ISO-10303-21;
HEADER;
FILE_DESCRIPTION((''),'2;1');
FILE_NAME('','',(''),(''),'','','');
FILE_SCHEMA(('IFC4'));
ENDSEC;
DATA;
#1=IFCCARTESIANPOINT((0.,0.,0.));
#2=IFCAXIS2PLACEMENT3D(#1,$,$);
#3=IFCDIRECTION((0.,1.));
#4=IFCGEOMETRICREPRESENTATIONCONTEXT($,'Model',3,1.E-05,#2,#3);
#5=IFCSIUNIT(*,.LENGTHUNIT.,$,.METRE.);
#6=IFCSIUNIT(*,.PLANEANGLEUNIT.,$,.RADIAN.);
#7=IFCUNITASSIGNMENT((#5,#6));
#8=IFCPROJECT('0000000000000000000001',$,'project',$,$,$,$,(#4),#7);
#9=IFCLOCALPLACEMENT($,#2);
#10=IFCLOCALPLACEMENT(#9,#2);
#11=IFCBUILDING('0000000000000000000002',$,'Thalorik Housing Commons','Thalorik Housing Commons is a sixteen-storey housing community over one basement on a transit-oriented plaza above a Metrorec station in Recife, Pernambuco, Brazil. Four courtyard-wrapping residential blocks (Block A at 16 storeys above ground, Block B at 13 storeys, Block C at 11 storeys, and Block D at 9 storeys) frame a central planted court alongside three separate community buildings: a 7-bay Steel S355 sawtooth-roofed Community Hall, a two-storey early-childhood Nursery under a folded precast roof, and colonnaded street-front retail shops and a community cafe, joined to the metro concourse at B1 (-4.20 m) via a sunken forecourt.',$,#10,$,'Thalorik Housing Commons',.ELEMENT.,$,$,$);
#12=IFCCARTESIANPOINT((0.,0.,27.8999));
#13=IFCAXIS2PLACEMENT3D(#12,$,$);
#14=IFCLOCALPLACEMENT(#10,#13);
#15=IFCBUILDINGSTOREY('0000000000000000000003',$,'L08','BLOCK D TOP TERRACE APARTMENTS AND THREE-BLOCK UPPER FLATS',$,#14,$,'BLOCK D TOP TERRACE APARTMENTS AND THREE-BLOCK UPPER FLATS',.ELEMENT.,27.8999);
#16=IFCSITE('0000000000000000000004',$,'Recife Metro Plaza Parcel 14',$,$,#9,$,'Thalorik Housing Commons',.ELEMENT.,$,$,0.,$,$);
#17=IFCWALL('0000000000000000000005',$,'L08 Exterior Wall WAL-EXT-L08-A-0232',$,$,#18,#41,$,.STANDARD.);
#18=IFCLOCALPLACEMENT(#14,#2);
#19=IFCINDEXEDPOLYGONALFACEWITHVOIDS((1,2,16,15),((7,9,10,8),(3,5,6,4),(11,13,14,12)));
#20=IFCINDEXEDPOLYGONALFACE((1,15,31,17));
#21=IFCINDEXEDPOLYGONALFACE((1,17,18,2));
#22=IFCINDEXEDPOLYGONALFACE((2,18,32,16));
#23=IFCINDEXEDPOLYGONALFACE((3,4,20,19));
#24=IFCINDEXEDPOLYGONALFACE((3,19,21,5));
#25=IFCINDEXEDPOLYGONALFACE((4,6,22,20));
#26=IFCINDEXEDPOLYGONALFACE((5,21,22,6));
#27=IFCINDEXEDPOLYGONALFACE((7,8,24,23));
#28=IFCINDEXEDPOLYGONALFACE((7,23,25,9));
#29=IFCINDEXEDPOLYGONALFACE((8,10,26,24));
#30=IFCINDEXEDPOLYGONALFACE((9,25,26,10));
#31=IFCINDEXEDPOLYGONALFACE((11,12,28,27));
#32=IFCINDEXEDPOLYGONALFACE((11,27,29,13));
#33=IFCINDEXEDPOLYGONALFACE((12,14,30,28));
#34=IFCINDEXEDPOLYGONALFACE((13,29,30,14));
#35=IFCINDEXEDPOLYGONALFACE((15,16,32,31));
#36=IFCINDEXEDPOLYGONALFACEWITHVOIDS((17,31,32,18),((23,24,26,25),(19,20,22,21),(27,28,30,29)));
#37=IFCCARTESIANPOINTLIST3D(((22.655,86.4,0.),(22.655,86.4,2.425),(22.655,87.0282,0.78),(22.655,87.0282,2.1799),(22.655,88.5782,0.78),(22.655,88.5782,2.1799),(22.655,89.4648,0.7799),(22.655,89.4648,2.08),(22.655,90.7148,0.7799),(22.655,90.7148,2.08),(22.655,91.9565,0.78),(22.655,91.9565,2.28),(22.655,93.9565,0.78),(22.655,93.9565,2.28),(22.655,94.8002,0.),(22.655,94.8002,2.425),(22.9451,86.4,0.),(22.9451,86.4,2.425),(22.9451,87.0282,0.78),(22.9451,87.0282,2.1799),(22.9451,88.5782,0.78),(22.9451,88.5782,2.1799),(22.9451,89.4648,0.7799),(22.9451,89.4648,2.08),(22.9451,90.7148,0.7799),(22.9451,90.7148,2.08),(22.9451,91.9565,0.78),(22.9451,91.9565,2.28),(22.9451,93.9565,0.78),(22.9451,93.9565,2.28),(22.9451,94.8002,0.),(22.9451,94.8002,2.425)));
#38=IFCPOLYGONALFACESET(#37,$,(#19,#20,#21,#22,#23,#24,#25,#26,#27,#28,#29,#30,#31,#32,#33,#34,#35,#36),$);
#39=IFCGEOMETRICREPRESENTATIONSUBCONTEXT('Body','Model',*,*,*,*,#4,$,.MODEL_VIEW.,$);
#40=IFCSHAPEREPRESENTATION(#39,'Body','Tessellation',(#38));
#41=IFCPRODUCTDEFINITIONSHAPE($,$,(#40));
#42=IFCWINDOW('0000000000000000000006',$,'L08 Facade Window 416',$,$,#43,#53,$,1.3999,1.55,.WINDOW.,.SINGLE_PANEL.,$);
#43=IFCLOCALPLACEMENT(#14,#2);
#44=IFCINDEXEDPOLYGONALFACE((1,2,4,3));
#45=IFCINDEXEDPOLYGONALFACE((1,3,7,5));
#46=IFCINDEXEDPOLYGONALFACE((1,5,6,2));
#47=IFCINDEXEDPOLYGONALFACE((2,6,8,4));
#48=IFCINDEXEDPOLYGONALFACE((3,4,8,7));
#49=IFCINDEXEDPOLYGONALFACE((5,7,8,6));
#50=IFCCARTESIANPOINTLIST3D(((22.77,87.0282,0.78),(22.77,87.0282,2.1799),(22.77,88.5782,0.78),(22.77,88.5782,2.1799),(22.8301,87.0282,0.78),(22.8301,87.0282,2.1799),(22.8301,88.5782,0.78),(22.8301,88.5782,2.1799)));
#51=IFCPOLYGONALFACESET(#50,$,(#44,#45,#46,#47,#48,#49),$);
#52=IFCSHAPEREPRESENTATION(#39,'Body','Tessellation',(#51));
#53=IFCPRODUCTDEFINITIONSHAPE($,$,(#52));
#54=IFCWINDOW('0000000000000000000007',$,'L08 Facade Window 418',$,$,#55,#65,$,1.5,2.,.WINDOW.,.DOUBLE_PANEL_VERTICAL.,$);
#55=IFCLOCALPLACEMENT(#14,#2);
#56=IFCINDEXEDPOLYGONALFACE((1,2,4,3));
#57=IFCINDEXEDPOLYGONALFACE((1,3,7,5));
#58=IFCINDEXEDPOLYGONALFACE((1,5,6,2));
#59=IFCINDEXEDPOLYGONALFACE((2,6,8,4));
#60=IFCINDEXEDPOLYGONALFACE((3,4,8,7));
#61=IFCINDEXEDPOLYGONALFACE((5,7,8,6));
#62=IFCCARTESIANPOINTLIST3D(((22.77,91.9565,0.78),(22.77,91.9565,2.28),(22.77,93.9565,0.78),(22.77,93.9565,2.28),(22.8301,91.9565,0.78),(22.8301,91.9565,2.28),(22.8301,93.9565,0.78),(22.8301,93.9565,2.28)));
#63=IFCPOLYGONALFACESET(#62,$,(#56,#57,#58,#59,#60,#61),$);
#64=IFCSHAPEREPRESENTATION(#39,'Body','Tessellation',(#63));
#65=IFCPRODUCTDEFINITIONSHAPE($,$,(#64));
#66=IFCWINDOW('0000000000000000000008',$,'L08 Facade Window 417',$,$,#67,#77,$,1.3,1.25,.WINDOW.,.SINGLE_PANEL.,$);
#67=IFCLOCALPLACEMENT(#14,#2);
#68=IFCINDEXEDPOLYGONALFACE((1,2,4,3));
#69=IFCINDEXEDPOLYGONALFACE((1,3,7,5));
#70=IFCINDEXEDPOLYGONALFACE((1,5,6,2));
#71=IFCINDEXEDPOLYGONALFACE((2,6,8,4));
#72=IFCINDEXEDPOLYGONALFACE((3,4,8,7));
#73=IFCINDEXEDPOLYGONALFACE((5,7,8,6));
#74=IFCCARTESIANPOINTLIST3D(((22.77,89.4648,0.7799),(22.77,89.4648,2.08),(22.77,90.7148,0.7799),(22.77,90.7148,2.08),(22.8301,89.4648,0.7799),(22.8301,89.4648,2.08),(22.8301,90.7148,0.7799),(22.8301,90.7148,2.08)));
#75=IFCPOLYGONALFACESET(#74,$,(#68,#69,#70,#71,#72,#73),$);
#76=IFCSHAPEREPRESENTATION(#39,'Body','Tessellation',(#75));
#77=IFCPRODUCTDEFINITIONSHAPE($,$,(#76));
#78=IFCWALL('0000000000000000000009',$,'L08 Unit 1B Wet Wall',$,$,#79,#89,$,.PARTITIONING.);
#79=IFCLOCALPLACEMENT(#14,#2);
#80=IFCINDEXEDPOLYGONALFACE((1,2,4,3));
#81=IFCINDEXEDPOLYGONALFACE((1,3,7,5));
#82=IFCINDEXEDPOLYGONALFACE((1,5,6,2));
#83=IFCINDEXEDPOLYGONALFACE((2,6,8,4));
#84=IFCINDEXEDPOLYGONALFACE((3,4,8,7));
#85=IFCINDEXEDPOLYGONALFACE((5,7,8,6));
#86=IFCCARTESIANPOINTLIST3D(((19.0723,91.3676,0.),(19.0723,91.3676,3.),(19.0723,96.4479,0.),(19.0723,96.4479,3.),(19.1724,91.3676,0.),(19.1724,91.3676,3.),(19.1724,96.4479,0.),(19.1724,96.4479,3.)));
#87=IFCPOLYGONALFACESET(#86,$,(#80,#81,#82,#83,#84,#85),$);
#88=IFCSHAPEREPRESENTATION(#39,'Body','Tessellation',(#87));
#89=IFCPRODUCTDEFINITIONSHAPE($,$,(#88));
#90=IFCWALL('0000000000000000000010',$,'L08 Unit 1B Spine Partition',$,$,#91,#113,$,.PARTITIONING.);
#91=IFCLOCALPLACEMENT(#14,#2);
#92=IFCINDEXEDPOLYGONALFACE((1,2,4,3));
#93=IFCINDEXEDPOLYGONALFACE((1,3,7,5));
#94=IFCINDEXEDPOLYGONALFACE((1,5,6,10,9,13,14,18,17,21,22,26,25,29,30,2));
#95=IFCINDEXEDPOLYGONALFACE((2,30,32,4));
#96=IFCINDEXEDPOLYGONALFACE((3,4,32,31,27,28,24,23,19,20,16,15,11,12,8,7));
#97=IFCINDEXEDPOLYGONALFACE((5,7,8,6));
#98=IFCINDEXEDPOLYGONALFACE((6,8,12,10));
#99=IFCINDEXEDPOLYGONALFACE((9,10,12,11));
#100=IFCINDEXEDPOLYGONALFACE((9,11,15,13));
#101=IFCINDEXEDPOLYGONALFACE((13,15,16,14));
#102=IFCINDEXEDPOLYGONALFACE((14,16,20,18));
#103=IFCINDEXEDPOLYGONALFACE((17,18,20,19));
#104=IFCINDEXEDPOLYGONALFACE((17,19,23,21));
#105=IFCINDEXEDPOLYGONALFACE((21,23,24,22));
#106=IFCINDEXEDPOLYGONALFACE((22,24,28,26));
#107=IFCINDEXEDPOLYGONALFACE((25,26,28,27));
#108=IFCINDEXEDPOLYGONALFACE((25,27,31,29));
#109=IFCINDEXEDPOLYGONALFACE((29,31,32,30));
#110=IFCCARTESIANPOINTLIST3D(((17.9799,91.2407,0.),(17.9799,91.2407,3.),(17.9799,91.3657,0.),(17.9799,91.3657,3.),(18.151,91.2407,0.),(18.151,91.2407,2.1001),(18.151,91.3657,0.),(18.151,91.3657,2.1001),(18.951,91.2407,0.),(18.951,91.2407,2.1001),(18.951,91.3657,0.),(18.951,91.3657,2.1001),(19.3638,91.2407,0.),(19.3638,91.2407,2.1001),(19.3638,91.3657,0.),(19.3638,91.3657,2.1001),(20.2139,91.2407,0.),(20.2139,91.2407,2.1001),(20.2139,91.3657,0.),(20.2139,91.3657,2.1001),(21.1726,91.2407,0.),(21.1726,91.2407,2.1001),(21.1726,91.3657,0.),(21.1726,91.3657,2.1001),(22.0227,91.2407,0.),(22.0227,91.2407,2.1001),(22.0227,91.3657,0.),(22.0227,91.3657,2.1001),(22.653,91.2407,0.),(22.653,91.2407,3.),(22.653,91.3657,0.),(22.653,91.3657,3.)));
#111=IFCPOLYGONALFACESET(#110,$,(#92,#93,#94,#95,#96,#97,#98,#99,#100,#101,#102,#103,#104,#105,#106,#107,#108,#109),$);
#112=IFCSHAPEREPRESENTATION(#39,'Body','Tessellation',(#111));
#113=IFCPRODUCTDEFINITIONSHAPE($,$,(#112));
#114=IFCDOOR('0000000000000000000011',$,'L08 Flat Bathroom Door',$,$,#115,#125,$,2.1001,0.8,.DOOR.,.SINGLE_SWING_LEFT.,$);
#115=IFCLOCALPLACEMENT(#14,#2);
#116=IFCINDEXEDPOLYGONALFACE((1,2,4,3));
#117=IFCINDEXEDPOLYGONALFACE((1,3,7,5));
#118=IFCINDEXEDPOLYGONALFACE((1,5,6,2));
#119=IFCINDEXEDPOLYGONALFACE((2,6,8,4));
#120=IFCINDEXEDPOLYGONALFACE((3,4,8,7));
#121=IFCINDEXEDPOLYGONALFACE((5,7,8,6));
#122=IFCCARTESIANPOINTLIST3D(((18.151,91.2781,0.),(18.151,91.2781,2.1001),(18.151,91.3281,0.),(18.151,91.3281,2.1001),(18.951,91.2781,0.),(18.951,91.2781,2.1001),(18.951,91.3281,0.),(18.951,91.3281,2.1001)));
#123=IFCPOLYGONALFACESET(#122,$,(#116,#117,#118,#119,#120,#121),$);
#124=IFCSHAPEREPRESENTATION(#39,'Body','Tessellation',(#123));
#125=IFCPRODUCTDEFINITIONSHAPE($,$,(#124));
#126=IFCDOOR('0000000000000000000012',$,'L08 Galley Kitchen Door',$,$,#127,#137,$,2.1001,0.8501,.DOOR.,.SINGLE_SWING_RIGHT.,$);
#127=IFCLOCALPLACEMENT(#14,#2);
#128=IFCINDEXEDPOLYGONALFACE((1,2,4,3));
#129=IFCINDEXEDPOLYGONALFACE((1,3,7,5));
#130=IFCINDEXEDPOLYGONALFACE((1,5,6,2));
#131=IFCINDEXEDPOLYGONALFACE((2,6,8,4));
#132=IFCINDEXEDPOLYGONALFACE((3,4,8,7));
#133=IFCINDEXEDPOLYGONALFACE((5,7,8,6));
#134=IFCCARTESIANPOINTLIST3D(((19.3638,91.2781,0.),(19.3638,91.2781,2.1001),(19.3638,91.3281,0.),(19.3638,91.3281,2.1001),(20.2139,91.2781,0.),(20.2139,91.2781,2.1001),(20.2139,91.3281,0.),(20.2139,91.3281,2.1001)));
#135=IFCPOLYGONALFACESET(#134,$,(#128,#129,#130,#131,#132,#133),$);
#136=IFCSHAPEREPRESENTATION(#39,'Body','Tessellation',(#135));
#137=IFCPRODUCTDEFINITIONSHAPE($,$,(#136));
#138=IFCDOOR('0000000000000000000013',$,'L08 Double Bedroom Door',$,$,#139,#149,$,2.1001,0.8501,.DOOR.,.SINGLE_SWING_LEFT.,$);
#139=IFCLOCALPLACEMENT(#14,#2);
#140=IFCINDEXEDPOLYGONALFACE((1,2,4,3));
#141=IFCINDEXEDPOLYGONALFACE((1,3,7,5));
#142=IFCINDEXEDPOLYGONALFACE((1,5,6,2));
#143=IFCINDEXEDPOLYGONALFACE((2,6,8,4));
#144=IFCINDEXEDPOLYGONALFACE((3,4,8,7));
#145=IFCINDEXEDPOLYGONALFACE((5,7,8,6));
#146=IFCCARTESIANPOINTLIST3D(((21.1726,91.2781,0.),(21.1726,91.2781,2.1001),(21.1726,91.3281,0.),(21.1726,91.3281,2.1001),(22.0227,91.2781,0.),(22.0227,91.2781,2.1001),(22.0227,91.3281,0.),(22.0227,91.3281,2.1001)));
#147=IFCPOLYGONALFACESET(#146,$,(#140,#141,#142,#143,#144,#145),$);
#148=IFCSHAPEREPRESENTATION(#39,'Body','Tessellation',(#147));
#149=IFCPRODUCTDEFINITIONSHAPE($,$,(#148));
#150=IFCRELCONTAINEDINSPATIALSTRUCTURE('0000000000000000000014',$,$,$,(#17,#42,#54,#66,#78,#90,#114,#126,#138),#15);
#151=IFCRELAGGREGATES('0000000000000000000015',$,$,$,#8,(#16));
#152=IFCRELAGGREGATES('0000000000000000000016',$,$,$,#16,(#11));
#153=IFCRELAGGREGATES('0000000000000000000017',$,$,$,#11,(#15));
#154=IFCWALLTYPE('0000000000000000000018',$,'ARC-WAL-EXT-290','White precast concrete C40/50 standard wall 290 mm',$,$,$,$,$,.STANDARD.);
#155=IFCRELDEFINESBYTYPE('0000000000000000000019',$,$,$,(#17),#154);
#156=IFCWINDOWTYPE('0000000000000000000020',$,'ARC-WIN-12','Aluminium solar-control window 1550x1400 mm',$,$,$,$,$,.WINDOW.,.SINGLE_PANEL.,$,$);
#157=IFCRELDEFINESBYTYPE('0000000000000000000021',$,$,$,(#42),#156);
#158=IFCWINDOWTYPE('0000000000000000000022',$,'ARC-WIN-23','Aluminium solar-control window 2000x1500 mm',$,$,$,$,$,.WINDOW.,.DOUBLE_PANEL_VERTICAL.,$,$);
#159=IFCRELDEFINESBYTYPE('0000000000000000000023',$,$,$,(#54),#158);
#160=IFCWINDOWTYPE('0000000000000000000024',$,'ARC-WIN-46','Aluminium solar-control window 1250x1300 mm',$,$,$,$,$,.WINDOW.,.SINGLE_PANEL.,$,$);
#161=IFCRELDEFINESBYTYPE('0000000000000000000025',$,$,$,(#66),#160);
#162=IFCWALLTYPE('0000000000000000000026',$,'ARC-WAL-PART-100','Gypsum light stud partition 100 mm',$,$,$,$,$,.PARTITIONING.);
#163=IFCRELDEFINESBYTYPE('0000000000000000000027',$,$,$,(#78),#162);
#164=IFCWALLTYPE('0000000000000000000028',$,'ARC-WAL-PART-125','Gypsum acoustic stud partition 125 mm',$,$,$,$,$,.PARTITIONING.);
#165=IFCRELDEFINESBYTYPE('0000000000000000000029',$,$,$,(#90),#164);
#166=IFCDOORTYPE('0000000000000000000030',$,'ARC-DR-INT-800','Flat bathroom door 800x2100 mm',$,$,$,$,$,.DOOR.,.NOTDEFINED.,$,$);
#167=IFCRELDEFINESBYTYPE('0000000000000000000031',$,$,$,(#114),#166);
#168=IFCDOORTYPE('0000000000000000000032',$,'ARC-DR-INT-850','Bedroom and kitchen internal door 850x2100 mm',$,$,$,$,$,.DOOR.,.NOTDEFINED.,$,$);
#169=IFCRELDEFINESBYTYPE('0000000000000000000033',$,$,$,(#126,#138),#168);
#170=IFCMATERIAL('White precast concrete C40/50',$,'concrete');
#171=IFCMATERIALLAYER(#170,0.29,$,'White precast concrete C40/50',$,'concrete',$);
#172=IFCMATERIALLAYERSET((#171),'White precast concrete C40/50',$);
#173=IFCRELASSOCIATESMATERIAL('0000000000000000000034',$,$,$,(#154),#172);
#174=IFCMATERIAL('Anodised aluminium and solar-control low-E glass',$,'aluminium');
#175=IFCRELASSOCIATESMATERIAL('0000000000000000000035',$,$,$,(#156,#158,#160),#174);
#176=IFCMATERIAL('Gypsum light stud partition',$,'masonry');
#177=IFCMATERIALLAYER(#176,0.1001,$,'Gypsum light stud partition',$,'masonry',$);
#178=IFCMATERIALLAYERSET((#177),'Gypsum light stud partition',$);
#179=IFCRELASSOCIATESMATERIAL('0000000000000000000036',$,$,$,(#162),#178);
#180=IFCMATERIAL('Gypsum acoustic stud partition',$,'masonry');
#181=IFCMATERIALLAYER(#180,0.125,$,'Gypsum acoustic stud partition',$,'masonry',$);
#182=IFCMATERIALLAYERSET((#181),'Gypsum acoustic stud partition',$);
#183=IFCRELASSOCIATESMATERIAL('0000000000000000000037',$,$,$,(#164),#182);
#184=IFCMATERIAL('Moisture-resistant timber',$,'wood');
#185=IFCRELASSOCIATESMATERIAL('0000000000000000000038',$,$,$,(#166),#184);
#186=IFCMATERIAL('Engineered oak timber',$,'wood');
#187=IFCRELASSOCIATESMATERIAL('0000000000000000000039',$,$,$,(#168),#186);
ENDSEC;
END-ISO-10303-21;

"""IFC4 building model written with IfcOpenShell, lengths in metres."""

from ifc_helpers import new_model, si_unit, direction, frame, frame_2d, origin, place, context, subcontext, project, spatial, rectangle, extrude, material, layer, layer_set, type_object, element, fill, save


model = new_model("IFC4")

# Units and contexts
model_context = context("Model", 3, precision=1e-05, world=origin(), true_north=direction((0.0, 1.0)))
body_context = subcontext(model_context, "Body", "Model", "MODEL_VIEW")
ifc_project = project(units=[si_unit("LENGTHUNIT", "METRE"), si_unit("PLANEANGLEUNIT", "RADIAN")], contexts=[model_context])

# Site, building, storey
site_placement = place(None, origin())
site = spatial("IfcSite", under=ifc_project, at=site_placement, Name="Recife Metro Plaza Parcel 14", LongName="Thalorik Housing Commons", CompositionType="ELEMENT", RefElevation=0.0)
building_placement = place(site_placement, origin())
building = spatial("IfcBuilding", under=site, at=building_placement, Name="Thalorik Housing Commons", Description="Thalorik Housing Commons is a sixteen-storey housing community over one basement on a transit-oriented plaza above a Metrorec station in Recife, Pernambuco, Brazil. Four courtyard-wrapping residential blocks (Block A at 16 storeys above ground, Block B at 13 storeys, Block C at 11 storeys, and Block D at 9 storeys) frame a central planted court alongside three separate community buildings: a 7-bay Steel S355 sawtooth-roofed Community Hall, a two-storey early-childhood Nursery under a folded precast roof, and colonnaded street-front retail shops and a community cafe, joined to the metro concourse at B1 (-4.20 m) via a sunken forecourt.", LongName="Thalorik Housing Commons", CompositionType="ELEMENT")
storey_placement = place(building_placement, frame((0.0, 0.0, 27.8999)))
storey = spatial("IfcBuildingStorey", under=building, at=storey_placement, Name="L08", Description="BLOCK D TOP TERRACE APARTMENTS AND THREE-BLOCK UPPER FLATS", LongName="BLOCK D TOP TERRACE APARTMENTS AND THREE-BLOCK UPPER FLATS", CompositionType="ELEMENT", Elevation=27.8999)

# Wall, openings, windows
ifc_material_1 = material(Name="White precast concrete C40/50", Category="concrete")
ifc_layer_1 = layer(ifc_material_1, 0.29, Name="White precast concrete C40/50", Category="concrete")
ifc_layer_set_1 = layer_set([ifc_layer_1], Name="White precast concrete C40/50")
wall_type_1 = type_object("IfcWallType", Name="ARC-WAL-EXT-290", Description="White precast concrete C40/50 standard wall 290 mm", PredefinedType="STANDARD", material=ifc_layer_set_1)
wall_1_placement = place(storey_placement, frame((22.8, 86.3999, 0.0), z_axis=(0.0, 0.0, 1.0), x_axis=(0.0, 1.0, 0.0)))
wall_1 = element("IfcWall", 1, at=wall_1_placement, inside=storey, type_object=wall_type_1, Name="L08 Exterior Wall WAL-EXT-L08-A-0232", PredefinedType="STANDARD", context=body_context, shape_type="SweptSolid", body=[
    extrude(rectangle(XDim=8.4001, YDim=0.29, at=frame_2d((4.2002, 0.0))), origin(), (0.0, 0.0, 1.0), 2.425),
])
opening_1_placement = place(wall_1_placement, frame((0.6284, 0.0, 0.78)))
opening_1 = element("IfcOpeningElement", 2, at=opening_1_placement, cuts=wall_1, PredefinedType="OPENING", context=body_context, shape_type="SweptSolid", body=[
    extrude(rectangle(XDim=1.55, YDim=1.3999, at=frame_2d((0.7749, 0.7))), frame((0.0, 0.155, 0.0), z_axis=(0.0, -1.0, 0.0), x_axis=(1.0, 0.0, 0.0)), (0.0, 0.0, 1.0), 0.3101),
])
opening_2_placement = place(wall_1_placement, frame((3.0649, 0.0, 0.78)))
opening_2 = element("IfcOpeningElement", 3, at=opening_2_placement, cuts=wall_1, PredefinedType="OPENING", context=body_context, shape_type="SweptSolid", body=[
    extrude(rectangle(XDim=1.25, YDim=1.3, at=frame_2d((0.625, 0.6499))), frame((0.0, 0.155, 0.0), z_axis=(0.0, -1.0, 0.0), x_axis=(1.0, 0.0, 0.0)), (0.0, 0.0, 1.0), 0.3101),
])
opening_3_placement = place(wall_1_placement, frame((5.5566, 0.0, 0.78)))
opening_3 = element("IfcOpeningElement", 4, at=opening_3_placement, cuts=wall_1, PredefinedType="OPENING", context=body_context, shape_type="SweptSolid", body=[
    extrude(rectangle(XDim=2.0, YDim=1.5, at=frame_2d((1.0, 0.75))), frame((0.0, 0.155, 0.0), z_axis=(0.0, -1.0, 0.0), x_axis=(1.0, 0.0, 0.0)), (0.0, 0.0, 1.0), 0.3101),
])
ifc_material_2 = material(Name="Anodised aluminium and solar-control low-E glass", Category="aluminium")
window_type_1 = type_object("IfcWindowType", Name="ARC-WIN-12", Description="Aluminium solar-control window 1550x1400 mm", PartitioningType="SINGLE_PANEL", PredefinedType="WINDOW", material=ifc_material_2)
window_1_placement = place(opening_1_placement, origin())
window_1 = element("IfcWindow", 5, at=window_1_placement, inside=storey, type_object=window_type_1, Name="L08 Facade Window 416", OverallHeight=1.3999, OverallWidth=1.55, PartitioningType="SINGLE_PANEL", PredefinedType="WINDOW", context=body_context, shape_type="SweptSolid", body=[
    extrude(rectangle(XDim=1.55, YDim=1.3999, at=frame_2d((0.7749, 0.7))), frame((0.0, 0.03, 0.0), z_axis=(0.0, -1.0, 0.0), x_axis=(1.0, 0.0, 0.0)), (0.0, 0.0, 1.0), 0.0601),
])
fill(opening_1, window_1)
window_type_2 = type_object("IfcWindowType", Name="ARC-WIN-23", Description="Aluminium solar-control window 2000x1500 mm", PartitioningType="DOUBLE_PANEL_VERTICAL", PredefinedType="WINDOW", material=ifc_material_2)
window_2_placement = place(opening_3_placement, origin())
window_2 = element("IfcWindow", 6, at=window_2_placement, inside=storey, type_object=window_type_2, Name="L08 Facade Window 418", OverallHeight=1.5, OverallWidth=2.0, PartitioningType="DOUBLE_PANEL_VERTICAL", PredefinedType="WINDOW", context=body_context, shape_type="SweptSolid", body=[
    extrude(rectangle(XDim=2.0, YDim=1.5, at=frame_2d((1.0, 0.75))), frame((0.0, 0.03, 0.0), z_axis=(0.0, -1.0, 0.0), x_axis=(1.0, 0.0, 0.0)), (0.0, 0.0, 1.0), 0.0601),
])
fill(opening_3, window_2)
window_type_3 = type_object("IfcWindowType", Name="ARC-WIN-46", Description="Aluminium solar-control window 1250x1300 mm", PartitioningType="SINGLE_PANEL", PredefinedType="WINDOW", material=ifc_material_2)
window_3_placement = place(opening_2_placement, origin())
window_3 = element("IfcWindow", 7, at=window_3_placement, inside=storey, type_object=window_type_3, Name="L08 Facade Window 417", OverallHeight=1.3, OverallWidth=1.25, PartitioningType="SINGLE_PANEL", PredefinedType="WINDOW", context=body_context, shape_type="SweptSolid", body=[
    extrude(rectangle(XDim=1.25, YDim=1.3, at=frame_2d((0.625, 0.6499))), frame((0.0, 0.03, 0.0), z_axis=(0.0, -1.0, 0.0), x_axis=(1.0, 0.0, 0.0)), (0.0, 0.0, 1.0), 0.0601),
])
fill(opening_2, window_3)

# Wall
ifc_material_3 = material(Name="Gypsum light stud partition", Category="masonry")
ifc_layer_2 = layer(ifc_material_3, 0.1001, Name="Gypsum light stud partition", Category="masonry")
ifc_layer_set_2 = layer_set([ifc_layer_2], Name="Gypsum light stud partition")
wall_type_2 = type_object("IfcWallType", Name="ARC-WAL-PART-100", Description="Gypsum light stud partition 100 mm", PredefinedType="PARTITIONING", material=ifc_layer_set_2)
wall_2_placement = place(storey_placement, frame((19.1223, 91.3677, 0.0), z_axis=(0.0, 0.0, 1.0), x_axis=(0.0, 1.0, 0.0)))
element("IfcWall", 8, at=wall_2_placement, inside=storey, type_object=wall_type_2, Name="L08 Unit 1B Wet Wall", PredefinedType="PARTITIONING", context=body_context, shape_type="SweptSolid", body=[
    extrude(rectangle(XDim=5.0803, YDim=0.1001, at=frame_2d((2.54, 0.0))), origin(), (0.0, 0.0, 1.0), 3.0),
])

# Wall, openings, doors
ifc_material_4 = material(Name="Gypsum acoustic stud partition", Category="masonry")
ifc_layer_3 = layer(ifc_material_4, 0.125, Name="Gypsum acoustic stud partition", Category="masonry")
ifc_layer_set_3 = layer_set([ifc_layer_3], Name="Gypsum acoustic stud partition")
wall_type_3 = type_object("IfcWallType", Name="ARC-WAL-PART-125", Description="Gypsum acoustic stud partition 125 mm", PredefinedType="PARTITIONING", material=ifc_layer_set_3)
wall_3_placement = place(storey_placement, frame((17.98, 91.3032, 0.0), z_axis=(0.0, 0.0, 1.0), x_axis=(1.0, 0.0, 0.0)))
wall_3 = element("IfcWall", 9, at=wall_3_placement, inside=storey, type_object=wall_type_3, Name="L08 Unit 1B Spine Partition", PredefinedType="PARTITIONING", context=body_context, shape_type="SweptSolid", body=[
    extrude(rectangle(XDim=4.6731, YDim=0.125, at=frame_2d((2.3364, 0.0))), origin(), (0.0, 0.0, 1.0), 3.0),
])
opening_4_placement = place(wall_3_placement, frame((0.1711, 0.0, 0.0)))
opening_4 = element("IfcOpeningElement", 10, at=opening_4_placement, cuts=wall_3, PredefinedType="OPENING", context=body_context, shape_type="SweptSolid", body=[
    extrude(rectangle(XDim=0.8, YDim=2.1001, at=frame_2d((0.3999, 1.05))), frame((0.0, 0.0725, 0.0), z_axis=(0.0, -1.0, 0.0), x_axis=(1.0, 0.0, 0.0)), (0.0, 0.0, 1.0), 0.145),
])
opening_5_placement = place(wall_3_placement, frame((1.3838, 0.0, 0.0)))
opening_5 = element("IfcOpeningElement", 11, at=opening_5_placement, cuts=wall_3, PredefinedType="OPENING", context=body_context, shape_type="SweptSolid", body=[
    extrude(rectangle(XDim=0.8501, YDim=2.1001, at=frame_2d((0.425, 1.05))), frame((0.0, 0.0725, 0.0), z_axis=(0.0, -1.0, 0.0), x_axis=(1.0, 0.0, 0.0)), (0.0, 0.0, 1.0), 0.145),
])
opening_6_placement = place(wall_3_placement, frame((3.1926, 0.0, 0.0)))
opening_6 = element("IfcOpeningElement", 12, at=opening_6_placement, cuts=wall_3, PredefinedType="OPENING", context=body_context, shape_type="SweptSolid", body=[
    extrude(rectangle(XDim=0.8501, YDim=2.1001, at=frame_2d((0.425, 1.05))), frame((0.0, 0.0725, 0.0), z_axis=(0.0, -1.0, 0.0), x_axis=(1.0, 0.0, 0.0)), (0.0, 0.0, 1.0), 0.145),
])
ifc_material_5 = material(Name="Moisture-resistant timber", Category="wood")
door_type_1 = type_object("IfcDoorType", Name="ARC-DR-INT-800", Description="Flat bathroom door 800x2100 mm", OperationType="NOTDEFINED", PredefinedType="DOOR", material=ifc_material_5)
door_1_placement = place(opening_4_placement, origin())
door_1 = element("IfcDoor", 13, at=door_1_placement, inside=storey, type_object=door_type_1, Name="L08 Flat Bathroom Door", OperationType="SINGLE_SWING_LEFT", OverallHeight=2.1001, OverallWidth=0.8, PredefinedType="DOOR", context=body_context, shape_type="SweptSolid", body=[
    extrude(rectangle(XDim=0.8, YDim=2.1001, at=frame_2d((0.3999, 1.05))), frame((0.0, 0.0249, 0.0), z_axis=(0.0, -1.0, 0.0), x_axis=(1.0, 0.0, 0.0)), (0.0, 0.0, 1.0), 0.05),
])
fill(opening_4, door_1)
ifc_material_6 = material(Name="Engineered oak timber", Category="wood")
door_type_2 = type_object("IfcDoorType", Name="ARC-DR-INT-850", Description="Bedroom and kitchen internal door 850x2100 mm", OperationType="NOTDEFINED", PredefinedType="DOOR", material=ifc_material_6)
door_2_placement = place(opening_5_placement, origin())
door_2 = element("IfcDoor", 14, at=door_2_placement, inside=storey, type_object=door_type_2, Name="L08 Galley Kitchen Door", OperationType="SINGLE_SWING_RIGHT", OverallHeight=2.1001, OverallWidth=0.8501, PredefinedType="DOOR", context=body_context, shape_type="SweptSolid", body=[
    extrude(rectangle(XDim=0.8501, YDim=2.1001, at=frame_2d((0.425, 1.05))), frame((0.0, 0.0249, 0.0), z_axis=(0.0, -1.0, 0.0), x_axis=(1.0, 0.0, 0.0)), (0.0, 0.0, 1.0), 0.05),
])
fill(opening_5, door_2)
door_3_placement = place(opening_6_placement, origin())
door_3 = element("IfcDoor", 15, at=door_3_placement, inside=storey, type_object=door_type_2, Name="L08 Double Bedroom Door", OperationType="SINGLE_SWING_LEFT", OverallHeight=2.1001, OverallWidth=0.8501, PredefinedType="DOOR", context=body_context, shape_type="SweptSolid", body=[
    extrude(rectangle(XDim=0.8501, YDim=2.1001, at=frame_2d((0.425, 1.05))), frame((0.0, 0.0249, 0.0), z_axis=(0.0, -1.0, 0.0), x_axis=(1.0, 0.0, 0.0)), (0.0, 0.0, 1.0), 0.05),
])
fill(opening_6, door_3)

save(model, "model.ifc")
